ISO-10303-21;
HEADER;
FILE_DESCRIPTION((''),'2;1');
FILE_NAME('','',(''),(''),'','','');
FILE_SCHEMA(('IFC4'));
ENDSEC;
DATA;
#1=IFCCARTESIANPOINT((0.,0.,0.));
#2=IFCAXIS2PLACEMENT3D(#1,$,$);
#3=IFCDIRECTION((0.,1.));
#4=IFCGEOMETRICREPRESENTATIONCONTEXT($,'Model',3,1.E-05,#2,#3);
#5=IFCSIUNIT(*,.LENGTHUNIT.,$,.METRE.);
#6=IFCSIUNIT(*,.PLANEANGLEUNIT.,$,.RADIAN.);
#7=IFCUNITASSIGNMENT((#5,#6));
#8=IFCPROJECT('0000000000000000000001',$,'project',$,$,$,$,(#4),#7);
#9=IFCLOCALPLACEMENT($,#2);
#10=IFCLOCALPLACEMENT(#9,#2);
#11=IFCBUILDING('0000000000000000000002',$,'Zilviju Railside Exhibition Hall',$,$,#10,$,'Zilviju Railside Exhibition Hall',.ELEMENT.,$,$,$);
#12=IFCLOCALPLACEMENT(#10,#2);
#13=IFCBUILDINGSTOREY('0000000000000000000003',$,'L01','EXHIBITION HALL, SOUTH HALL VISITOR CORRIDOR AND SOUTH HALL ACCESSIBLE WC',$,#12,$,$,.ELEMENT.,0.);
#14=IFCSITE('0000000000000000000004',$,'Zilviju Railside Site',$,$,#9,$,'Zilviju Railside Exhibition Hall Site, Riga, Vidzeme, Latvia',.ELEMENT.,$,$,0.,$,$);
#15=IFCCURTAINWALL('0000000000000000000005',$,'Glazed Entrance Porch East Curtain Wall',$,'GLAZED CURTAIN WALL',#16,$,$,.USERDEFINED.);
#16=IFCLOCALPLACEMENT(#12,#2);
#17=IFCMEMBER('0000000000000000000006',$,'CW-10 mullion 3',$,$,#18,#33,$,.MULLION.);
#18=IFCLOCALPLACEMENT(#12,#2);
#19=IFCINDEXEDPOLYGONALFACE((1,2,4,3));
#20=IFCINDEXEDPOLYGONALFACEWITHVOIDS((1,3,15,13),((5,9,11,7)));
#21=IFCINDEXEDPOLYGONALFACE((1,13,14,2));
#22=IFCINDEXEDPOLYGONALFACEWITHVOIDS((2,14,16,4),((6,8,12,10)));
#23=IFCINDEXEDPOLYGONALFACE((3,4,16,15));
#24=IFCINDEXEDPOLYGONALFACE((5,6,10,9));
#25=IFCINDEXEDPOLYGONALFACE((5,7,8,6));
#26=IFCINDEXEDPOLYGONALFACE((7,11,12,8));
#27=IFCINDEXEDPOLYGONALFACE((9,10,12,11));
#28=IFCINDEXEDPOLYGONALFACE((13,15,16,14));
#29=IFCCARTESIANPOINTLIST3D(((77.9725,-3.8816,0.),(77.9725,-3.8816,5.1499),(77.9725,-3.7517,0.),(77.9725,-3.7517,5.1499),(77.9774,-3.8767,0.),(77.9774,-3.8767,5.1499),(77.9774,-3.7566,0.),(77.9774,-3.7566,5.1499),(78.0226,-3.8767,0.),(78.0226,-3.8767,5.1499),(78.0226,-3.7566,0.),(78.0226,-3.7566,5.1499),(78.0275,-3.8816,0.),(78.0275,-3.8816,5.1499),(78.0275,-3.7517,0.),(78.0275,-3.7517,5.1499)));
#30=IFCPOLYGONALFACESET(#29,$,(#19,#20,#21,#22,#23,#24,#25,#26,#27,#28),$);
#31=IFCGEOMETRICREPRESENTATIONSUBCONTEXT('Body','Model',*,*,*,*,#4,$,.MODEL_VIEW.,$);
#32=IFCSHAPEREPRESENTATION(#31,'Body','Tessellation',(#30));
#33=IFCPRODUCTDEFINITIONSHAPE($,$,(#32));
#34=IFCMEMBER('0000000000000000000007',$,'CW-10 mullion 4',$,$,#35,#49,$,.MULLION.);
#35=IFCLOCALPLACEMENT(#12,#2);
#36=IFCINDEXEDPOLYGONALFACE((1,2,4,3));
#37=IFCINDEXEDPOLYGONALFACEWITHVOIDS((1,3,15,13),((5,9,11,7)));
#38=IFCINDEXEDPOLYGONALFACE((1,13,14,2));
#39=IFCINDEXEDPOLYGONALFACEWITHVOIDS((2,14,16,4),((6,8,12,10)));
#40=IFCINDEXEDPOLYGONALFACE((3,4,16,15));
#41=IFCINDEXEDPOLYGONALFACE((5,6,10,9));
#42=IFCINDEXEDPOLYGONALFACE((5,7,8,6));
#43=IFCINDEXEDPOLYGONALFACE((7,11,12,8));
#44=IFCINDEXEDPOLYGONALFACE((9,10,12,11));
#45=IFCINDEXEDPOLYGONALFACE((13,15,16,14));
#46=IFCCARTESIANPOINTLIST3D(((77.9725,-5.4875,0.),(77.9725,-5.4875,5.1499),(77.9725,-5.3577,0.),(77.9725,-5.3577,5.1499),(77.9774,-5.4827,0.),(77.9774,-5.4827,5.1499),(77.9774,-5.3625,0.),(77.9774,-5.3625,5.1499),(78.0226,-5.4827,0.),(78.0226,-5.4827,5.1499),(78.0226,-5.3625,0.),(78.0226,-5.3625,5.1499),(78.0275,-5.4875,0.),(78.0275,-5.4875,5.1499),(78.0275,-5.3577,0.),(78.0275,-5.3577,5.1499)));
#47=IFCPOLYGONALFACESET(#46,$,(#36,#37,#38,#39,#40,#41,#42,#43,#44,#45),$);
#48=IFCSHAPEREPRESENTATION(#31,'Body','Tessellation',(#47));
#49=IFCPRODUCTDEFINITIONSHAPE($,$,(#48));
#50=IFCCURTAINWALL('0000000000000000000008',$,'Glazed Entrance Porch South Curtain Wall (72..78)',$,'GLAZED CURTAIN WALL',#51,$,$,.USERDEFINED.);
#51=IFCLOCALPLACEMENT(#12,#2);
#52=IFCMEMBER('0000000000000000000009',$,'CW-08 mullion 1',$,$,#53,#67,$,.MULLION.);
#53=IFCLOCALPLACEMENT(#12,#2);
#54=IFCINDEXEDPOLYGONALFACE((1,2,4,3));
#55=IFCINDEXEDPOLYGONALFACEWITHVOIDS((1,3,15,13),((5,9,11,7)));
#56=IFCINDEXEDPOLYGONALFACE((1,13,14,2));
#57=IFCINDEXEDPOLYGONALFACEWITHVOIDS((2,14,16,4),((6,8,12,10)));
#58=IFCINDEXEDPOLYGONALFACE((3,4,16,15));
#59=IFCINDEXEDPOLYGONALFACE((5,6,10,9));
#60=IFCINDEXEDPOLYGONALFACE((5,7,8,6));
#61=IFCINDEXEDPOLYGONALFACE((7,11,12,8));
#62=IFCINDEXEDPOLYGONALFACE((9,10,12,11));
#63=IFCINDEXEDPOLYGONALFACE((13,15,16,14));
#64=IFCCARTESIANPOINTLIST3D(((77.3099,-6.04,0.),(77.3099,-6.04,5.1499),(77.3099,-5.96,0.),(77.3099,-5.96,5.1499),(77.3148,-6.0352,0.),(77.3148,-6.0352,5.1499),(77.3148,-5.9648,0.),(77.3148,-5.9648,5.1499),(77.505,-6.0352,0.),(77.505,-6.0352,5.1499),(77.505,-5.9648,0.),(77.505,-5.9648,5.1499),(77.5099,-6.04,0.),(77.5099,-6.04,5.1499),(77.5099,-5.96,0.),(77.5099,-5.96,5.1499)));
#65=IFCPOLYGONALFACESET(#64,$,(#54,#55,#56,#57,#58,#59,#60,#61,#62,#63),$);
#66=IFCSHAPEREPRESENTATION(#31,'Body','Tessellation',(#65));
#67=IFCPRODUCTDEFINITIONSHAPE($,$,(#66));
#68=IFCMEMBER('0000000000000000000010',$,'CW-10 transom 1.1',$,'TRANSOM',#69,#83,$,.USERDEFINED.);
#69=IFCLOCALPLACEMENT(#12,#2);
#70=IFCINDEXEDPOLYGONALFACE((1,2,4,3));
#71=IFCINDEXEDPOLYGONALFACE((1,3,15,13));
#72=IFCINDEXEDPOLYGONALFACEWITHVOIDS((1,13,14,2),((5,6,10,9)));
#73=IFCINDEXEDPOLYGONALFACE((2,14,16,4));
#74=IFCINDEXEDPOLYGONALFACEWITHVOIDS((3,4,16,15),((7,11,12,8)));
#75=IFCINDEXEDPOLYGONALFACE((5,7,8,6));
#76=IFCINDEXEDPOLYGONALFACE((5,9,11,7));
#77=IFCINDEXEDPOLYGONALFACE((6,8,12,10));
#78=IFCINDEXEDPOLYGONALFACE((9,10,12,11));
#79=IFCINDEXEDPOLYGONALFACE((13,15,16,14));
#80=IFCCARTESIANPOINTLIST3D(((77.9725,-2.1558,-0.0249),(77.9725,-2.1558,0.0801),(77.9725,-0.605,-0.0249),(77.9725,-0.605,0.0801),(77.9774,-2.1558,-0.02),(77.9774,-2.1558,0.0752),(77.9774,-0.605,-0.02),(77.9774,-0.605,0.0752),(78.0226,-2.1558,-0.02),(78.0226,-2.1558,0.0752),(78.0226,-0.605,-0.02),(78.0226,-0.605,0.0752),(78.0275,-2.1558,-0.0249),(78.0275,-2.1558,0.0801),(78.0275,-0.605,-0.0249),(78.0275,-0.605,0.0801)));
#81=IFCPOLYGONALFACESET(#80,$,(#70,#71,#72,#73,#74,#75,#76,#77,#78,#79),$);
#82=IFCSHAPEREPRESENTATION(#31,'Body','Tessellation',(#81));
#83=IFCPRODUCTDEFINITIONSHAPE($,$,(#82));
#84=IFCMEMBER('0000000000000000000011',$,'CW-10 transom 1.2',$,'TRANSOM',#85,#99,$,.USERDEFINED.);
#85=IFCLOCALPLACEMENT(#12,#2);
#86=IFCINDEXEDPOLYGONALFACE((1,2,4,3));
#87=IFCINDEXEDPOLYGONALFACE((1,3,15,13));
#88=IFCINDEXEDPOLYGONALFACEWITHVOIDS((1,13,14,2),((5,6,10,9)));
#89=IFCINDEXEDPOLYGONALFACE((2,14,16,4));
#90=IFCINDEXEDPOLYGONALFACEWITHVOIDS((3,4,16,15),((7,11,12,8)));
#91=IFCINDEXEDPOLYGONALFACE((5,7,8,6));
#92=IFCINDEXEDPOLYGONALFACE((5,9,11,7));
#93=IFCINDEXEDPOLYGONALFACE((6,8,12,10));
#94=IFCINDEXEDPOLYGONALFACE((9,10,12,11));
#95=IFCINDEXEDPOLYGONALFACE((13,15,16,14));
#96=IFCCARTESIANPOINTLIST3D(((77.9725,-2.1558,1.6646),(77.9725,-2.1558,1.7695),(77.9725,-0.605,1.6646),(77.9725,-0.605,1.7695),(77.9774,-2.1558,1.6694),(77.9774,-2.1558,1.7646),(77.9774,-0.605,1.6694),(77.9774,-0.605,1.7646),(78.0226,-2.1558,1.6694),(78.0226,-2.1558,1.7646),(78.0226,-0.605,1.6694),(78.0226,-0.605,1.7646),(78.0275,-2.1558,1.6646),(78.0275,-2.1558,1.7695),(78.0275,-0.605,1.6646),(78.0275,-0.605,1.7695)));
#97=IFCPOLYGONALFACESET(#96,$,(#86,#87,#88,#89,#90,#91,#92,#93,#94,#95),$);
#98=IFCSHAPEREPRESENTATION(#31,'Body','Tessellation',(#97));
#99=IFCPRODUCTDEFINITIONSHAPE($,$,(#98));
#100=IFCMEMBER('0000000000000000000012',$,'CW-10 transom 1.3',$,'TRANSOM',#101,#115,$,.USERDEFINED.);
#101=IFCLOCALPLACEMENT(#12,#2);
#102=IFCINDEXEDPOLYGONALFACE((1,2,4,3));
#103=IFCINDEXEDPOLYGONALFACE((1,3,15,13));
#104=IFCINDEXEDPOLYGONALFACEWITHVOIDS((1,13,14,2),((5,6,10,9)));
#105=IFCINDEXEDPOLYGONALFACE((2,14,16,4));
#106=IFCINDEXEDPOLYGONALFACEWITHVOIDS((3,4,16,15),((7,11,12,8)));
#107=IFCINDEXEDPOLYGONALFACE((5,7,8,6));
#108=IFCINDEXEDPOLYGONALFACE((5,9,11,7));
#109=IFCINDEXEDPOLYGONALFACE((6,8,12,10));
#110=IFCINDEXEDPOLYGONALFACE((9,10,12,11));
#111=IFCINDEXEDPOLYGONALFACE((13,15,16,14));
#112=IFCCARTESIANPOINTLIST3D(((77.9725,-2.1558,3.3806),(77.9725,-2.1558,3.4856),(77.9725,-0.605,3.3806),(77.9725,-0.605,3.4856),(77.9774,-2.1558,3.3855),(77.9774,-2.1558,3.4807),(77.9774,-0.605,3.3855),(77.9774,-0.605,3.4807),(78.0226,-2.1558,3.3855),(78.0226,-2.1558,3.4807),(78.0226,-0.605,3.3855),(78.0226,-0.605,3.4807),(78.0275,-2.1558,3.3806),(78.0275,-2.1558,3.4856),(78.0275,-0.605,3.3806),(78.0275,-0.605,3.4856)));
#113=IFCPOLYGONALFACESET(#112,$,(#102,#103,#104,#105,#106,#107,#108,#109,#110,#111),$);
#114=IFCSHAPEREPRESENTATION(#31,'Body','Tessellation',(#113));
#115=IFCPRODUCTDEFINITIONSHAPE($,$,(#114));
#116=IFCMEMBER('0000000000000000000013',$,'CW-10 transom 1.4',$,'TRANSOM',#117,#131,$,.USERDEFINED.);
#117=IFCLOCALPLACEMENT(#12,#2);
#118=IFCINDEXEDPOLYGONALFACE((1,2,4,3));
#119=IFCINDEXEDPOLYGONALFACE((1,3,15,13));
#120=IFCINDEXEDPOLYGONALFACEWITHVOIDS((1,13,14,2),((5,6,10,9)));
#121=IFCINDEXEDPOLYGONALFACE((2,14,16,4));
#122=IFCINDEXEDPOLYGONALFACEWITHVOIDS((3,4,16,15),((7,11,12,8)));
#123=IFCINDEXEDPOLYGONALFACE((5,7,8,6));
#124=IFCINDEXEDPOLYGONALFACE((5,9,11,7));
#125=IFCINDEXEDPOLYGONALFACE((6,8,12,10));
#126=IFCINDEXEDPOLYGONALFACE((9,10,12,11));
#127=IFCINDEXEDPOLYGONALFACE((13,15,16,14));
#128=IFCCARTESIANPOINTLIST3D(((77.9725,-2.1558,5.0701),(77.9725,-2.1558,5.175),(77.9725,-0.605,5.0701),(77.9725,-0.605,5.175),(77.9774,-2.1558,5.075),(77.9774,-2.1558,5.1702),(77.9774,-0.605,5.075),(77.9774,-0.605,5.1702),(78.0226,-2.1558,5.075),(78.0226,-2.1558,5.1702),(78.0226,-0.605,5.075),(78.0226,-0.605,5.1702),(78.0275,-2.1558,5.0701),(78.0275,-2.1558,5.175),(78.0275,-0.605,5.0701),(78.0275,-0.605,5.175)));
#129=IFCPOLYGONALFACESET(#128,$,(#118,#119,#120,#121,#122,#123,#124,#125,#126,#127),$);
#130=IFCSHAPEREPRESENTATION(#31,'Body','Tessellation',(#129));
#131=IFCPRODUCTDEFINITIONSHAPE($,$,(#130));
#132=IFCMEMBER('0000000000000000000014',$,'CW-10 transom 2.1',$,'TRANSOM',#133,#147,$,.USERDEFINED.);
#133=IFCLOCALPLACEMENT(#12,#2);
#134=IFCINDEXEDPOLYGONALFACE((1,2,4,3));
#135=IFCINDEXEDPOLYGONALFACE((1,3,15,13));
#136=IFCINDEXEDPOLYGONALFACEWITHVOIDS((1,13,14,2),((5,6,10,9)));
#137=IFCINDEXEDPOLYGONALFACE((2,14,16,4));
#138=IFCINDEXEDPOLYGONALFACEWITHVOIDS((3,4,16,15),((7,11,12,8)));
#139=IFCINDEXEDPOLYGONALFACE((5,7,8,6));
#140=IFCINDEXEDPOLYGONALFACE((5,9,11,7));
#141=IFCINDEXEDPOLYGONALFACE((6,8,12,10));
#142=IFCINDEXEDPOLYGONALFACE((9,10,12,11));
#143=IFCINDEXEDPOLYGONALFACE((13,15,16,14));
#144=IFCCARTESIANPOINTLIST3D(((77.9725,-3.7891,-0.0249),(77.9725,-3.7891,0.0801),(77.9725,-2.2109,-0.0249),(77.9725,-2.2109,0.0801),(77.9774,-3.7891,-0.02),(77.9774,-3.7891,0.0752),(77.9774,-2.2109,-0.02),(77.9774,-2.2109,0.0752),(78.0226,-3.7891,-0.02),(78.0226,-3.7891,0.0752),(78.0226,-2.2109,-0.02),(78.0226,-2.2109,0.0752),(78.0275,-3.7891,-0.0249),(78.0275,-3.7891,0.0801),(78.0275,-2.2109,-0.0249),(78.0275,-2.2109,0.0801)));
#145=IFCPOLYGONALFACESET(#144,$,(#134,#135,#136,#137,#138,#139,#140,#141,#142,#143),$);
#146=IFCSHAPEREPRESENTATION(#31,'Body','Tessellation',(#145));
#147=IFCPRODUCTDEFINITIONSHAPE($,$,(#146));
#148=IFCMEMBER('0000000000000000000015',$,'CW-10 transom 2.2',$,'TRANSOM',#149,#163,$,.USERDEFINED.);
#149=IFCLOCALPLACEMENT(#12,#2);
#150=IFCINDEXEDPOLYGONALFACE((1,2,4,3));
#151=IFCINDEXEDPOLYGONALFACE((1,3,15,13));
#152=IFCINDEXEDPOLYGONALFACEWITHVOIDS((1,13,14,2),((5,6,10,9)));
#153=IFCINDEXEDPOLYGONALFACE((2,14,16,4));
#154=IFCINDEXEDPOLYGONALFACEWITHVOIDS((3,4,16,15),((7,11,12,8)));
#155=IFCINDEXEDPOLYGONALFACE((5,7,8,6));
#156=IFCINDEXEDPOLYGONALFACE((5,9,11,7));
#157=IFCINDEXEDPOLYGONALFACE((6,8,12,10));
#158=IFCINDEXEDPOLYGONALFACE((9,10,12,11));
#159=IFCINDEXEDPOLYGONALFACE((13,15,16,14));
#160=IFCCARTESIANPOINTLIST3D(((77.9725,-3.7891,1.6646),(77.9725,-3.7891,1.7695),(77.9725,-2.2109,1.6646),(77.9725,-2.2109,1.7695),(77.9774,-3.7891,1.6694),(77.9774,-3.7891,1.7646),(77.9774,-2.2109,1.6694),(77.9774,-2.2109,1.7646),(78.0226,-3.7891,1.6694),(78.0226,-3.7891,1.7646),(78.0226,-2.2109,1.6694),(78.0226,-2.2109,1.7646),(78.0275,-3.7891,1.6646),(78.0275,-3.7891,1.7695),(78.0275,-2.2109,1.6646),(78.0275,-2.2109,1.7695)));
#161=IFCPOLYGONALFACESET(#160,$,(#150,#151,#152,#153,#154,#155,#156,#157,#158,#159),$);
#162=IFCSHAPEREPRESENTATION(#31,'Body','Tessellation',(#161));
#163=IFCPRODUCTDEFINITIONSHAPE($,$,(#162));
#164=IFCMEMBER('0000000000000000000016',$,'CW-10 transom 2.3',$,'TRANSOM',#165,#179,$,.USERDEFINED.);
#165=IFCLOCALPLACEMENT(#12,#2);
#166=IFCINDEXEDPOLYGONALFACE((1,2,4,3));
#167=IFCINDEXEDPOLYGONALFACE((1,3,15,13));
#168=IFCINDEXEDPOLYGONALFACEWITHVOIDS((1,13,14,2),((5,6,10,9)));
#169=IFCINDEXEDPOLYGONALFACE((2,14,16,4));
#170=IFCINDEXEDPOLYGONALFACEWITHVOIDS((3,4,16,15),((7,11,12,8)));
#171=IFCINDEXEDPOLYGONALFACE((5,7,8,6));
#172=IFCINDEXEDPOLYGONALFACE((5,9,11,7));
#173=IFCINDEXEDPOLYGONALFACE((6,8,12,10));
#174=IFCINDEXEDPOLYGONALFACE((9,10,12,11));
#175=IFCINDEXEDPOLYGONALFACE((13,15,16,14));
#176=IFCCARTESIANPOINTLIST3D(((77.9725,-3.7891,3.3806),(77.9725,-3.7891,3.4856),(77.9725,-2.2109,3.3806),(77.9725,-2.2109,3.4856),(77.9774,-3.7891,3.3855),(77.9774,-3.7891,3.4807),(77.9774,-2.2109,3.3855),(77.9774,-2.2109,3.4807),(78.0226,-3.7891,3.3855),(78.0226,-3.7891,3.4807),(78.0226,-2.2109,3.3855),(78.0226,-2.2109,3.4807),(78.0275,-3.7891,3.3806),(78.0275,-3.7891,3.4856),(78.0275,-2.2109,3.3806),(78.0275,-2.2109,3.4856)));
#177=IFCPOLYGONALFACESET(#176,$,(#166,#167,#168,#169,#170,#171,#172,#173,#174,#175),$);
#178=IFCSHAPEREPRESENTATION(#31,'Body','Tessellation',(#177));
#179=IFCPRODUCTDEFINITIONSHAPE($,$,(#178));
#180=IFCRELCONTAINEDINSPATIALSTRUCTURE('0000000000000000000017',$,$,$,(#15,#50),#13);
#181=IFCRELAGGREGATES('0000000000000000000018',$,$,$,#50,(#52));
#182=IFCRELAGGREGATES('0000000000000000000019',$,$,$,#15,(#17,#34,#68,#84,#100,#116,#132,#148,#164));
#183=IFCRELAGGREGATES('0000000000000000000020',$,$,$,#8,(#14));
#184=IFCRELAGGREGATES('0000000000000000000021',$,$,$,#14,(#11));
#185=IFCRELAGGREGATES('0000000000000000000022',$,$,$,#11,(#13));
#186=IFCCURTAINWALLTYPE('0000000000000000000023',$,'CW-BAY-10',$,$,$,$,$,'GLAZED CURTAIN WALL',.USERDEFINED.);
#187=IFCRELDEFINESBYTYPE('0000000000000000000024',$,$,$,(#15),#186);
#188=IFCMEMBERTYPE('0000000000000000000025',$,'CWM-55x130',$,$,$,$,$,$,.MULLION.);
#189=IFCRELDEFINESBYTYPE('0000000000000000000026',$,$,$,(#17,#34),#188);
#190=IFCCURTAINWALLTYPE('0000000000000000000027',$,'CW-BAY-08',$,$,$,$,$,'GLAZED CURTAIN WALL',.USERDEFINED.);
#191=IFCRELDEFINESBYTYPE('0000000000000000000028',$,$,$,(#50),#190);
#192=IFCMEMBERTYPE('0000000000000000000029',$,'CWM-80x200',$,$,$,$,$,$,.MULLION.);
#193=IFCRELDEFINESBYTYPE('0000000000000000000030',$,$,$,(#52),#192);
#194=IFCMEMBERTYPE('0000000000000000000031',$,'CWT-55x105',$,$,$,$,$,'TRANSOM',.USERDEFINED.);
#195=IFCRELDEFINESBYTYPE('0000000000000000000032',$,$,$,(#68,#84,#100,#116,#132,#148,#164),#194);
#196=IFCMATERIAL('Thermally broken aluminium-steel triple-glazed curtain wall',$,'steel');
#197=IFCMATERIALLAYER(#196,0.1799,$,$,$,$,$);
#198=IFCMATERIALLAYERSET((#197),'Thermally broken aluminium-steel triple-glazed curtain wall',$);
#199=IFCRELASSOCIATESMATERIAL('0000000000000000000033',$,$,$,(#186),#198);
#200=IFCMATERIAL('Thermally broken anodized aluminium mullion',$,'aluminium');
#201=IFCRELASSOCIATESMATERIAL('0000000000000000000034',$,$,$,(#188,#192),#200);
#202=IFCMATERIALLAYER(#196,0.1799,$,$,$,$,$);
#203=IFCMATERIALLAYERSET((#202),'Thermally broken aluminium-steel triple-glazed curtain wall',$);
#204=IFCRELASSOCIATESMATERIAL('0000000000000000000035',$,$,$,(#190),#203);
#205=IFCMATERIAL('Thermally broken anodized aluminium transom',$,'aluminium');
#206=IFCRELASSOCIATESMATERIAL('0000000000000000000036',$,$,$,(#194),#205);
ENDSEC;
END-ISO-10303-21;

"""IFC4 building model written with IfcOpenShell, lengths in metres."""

from ifc_helpers import new_model, si_unit, direction, frame, origin, origin_2d, place, context, subcontext, project, spatial, hollow_rectangle, extrude, material, layer, layer_set, material_profile, profile_set, type_object, element, aggregate, save


model = new_model("IFC4")

# Units and contexts
model_context = context("Model", 3, precision=1e-05, world=origin(), true_north=direction((0.0, 1.0)))
body_context = subcontext(model_context, "Body", "Model", "MODEL_VIEW")
ifc_project = project(units=[si_unit("LENGTHUNIT", "METRE"), si_unit("PLANEANGLEUNIT", "RADIAN")], contexts=[model_context])

# Site, building, storey
site_placement = place(None, origin())
site = spatial("IfcSite", under=ifc_project, at=site_placement, Name="Zilviju Railside Site", LongName="Zilviju Railside Exhibition Hall Site, Riga, Vidzeme, Latvia", CompositionType="ELEMENT", RefElevation=0.0)
building_placement = place(site_placement, origin())
building = spatial("IfcBuilding", under=site, at=building_placement, Name="Zilviju Railside Exhibition Hall", LongName="Zilviju Railside Exhibition Hall", CompositionType="ELEMENT")
storey_placement = place(building_placement, origin())
storey = spatial("IfcBuildingStorey", under=building, at=storey_placement, Name="L01", Description="EXHIBITION HALL, SOUTH HALL VISITOR CORRIDOR AND SOUTH HALL ACCESSIBLE WC", CompositionType="ELEMENT", Elevation=0.0)

# Curtain wall, members
ifc_material_1 = material(Name="Thermally broken aluminium-steel triple-glazed curtain wall", Category="steel")
ifc_layer_1 = layer(ifc_material_1, 0.1799)
ifc_layer_set_1 = layer_set([ifc_layer_1], Name="Thermally broken aluminium-steel triple-glazed curtain wall")
curtain_wall_type_1 = type_object("IfcCurtainWallType", Name="CW-BAY-10", ElementType="GLAZED CURTAIN WALL", PredefinedType="USERDEFINED", material=ifc_layer_set_1)
curtain_wall_1_placement = place(storey_placement, origin())
curtain_wall_1 = element("IfcCurtainWall", 1, at=curtain_wall_1_placement, inside=storey, type_object=curtain_wall_type_1, Name="Glazed Entrance Porch East Curtain Wall", ObjectType="GLAZED CURTAIN WALL", PredefinedType="USERDEFINED")
ifc_material_2 = material(Name="Thermally broken anodized aluminium mullion", Category="aluminium")
ifc_material_profile_1 = material_profile(ifc_material_2, hollow_rectangle(XDim=0.0549, YDim=0.1299, WallThickness=0.0049, at=origin_2d()), Name="MULLION 130x55x5")
ifc_profile_set_1 = profile_set([ifc_material_profile_1], Name="Thermally broken anodized aluminium mullion")
member_type_1 = type_object("IfcMemberType", Name="CWM-55x130", PredefinedType="MULLION", material=ifc_profile_set_1)
member_1_placement = place(storey_placement, frame((78.0, -3.8167, 0.0), z_axis=(0.0, 0.0, 1.0), x_axis=(1.0, 0.0, 0.0)))
member_1 = element("IfcMember", 2, at=member_1_placement, type_object=member_type_1, Name="CW-10 mullion 3", PredefinedType="MULLION", context=body_context, shape_type="SweptSolid", body=[
    extrude(hollow_rectangle(XDim=0.0549, YDim=0.1299, WallThickness=0.0049, at=origin_2d()), origin(), (0.0, 0.0, 1.0), 5.1499),
])
member_2_placement = place(storey_placement, frame((78.0, -5.4226, 0.0), z_axis=(0.0, 0.0, 1.0), x_axis=(1.0, 0.0, 0.0)))
member_2 = element("IfcMember", 3, at=member_2_placement, type_object=member_type_1, Name="CW-10 mullion 4", PredefinedType="MULLION", context=body_context, shape_type="SweptSolid", body=[
    extrude(hollow_rectangle(XDim=0.0549, YDim=0.1299, WallThickness=0.0049, at=origin_2d()), origin(), (0.0, 0.0, 1.0), 5.1499),
])

# Curtain wall, member
ifc_layer_2 = layer(ifc_material_1, 0.1799)
ifc_layer_set_2 = layer_set([ifc_layer_2], Name="Thermally broken aluminium-steel triple-glazed curtain wall")
curtain_wall_type_2 = type_object("IfcCurtainWallType", Name="CW-BAY-08", ElementType="GLAZED CURTAIN WALL", PredefinedType="USERDEFINED", material=ifc_layer_set_2)
curtain_wall_2_placement = place(storey_placement, origin())
curtain_wall_2 = element("IfcCurtainWall", 4, at=curtain_wall_2_placement, inside=storey, type_object=curtain_wall_type_2, Name="Glazed Entrance Porch South Curtain Wall (72..78)", ObjectType="GLAZED CURTAIN WALL", PredefinedType="USERDEFINED")
ifc_material_profile_2 = material_profile(ifc_material_2, hollow_rectangle(XDim=0.0801, YDim=0.2, WallThickness=0.0049, at=origin_2d()), Name="MULLION 200x80x5")
ifc_profile_set_2 = profile_set([ifc_material_profile_2], Name="Thermally broken anodized aluminium mullion")
member_type_2 = type_object("IfcMemberType", Name="CWM-80x200", PredefinedType="MULLION", material=ifc_profile_set_2)
member_3_placement = place(storey_placement, frame((77.4099, -6.0, 0.0), z_axis=(0.0, 0.0, 1.0), x_axis=(0.0, -1.0, 0.0)))
member_3 = element("IfcMember", 5, at=member_3_placement, type_object=member_type_2, Name="CW-08 mullion 1", PredefinedType="MULLION", context=body_context, shape_type="SweptSolid", body=[
    extrude(hollow_rectangle(XDim=0.0801, YDim=0.2, WallThickness=0.0049, at=origin_2d()), origin(), (0.0, 0.0, 1.0), 5.1499),
])

# Members
ifc_material_3 = material(Name="Thermally broken anodized aluminium transom", Category="aluminium")
ifc_material_profile_3 = material_profile(ifc_material_3, hollow_rectangle(XDim=0.0549, YDim=0.105, WallThickness=0.0049, at=origin_2d()), Name="TRANSOM 105x55x5")
ifc_profile_set_3 = profile_set([ifc_material_profile_3], Name="Thermally broken anodized aluminium transom")
member_type_3 = type_object("IfcMemberType", Name="CWT-55x105", ElementType="TRANSOM", PredefinedType="USERDEFINED", material=ifc_profile_set_3)
member_4_placement = place(storey_placement, frame((78.0, -0.605, 0.0276), z_axis=(0.0, -1.0, 0.0), x_axis=(1.0, 0.0, 0.0)))
member_4 = element("IfcMember", 6, at=member_4_placement, type_object=member_type_3, Name="CW-10 transom 1.1", ObjectType="TRANSOM", PredefinedType="USERDEFINED", context=body_context, shape_type="SweptSolid", body=[
    extrude(hollow_rectangle(XDim=0.0549, YDim=0.105, WallThickness=0.0049, at=origin_2d()), origin(), (0.0, 0.0, 1.0), 1.5508),
])
member_5_placement = place(storey_placement, frame((78.0, -0.605, 1.717), z_axis=(0.0, -1.0, 0.0), x_axis=(1.0, 0.0, 0.0)))
member_5 = element("IfcMember", 7, at=member_5_placement, type_object=member_type_3, Name="CW-10 transom 1.2", ObjectType="TRANSOM", PredefinedType="USERDEFINED", context=body_context, shape_type="SweptSolid", body=[
    extrude(hollow_rectangle(XDim=0.0549, YDim=0.105, WallThickness=0.0049, at=origin_2d()), origin(), (0.0, 0.0, 1.0), 1.5508),
])
member_6_placement = place(storey_placement, frame((78.0, -0.605, 3.4331), z_axis=(0.0, -1.0, 0.0), x_axis=(1.0, 0.0, 0.0)))
member_6 = element("IfcMember", 8, at=member_6_placement, type_object=member_type_3, Name="CW-10 transom 1.3", ObjectType="TRANSOM", PredefinedType="USERDEFINED", context=body_context, shape_type="SweptSolid", body=[
    extrude(hollow_rectangle(XDim=0.0549, YDim=0.105, WallThickness=0.0049, at=origin_2d()), origin(), (0.0, 0.0, 1.0), 1.5508),
])
member_7_placement = place(storey_placement, frame((78.0, -0.605, 5.1226), z_axis=(0.0, -1.0, 0.0), x_axis=(1.0, 0.0, 0.0)))
member_7 = element("IfcMember", 9, at=member_7_placement, type_object=member_type_3, Name="CW-10 transom 1.4", ObjectType="TRANSOM", PredefinedType="USERDEFINED", context=body_context, shape_type="SweptSolid", body=[
    extrude(hollow_rectangle(XDim=0.0549, YDim=0.105, WallThickness=0.0049, at=origin_2d()), origin(), (0.0, 0.0, 1.0), 1.5508),
])
member_8_placement = place(storey_placement, frame((78.0, -2.2109, 0.0276), z_axis=(0.0, -1.0, 0.0), x_axis=(1.0, 0.0, 0.0)))
member_8 = element("IfcMember", 10, at=member_8_placement, type_object=member_type_3, Name="CW-10 transom 2.1", ObjectType="TRANSOM", PredefinedType="USERDEFINED", context=body_context, shape_type="SweptSolid", body=[
    extrude(hollow_rectangle(XDim=0.0549, YDim=0.105, WallThickness=0.0049, at=origin_2d()), origin(), (0.0, 0.0, 1.0), 1.5781),
])
member_9_placement = place(storey_placement, frame((78.0, -2.2109, 1.717), z_axis=(0.0, -1.0, 0.0), x_axis=(1.0, 0.0, 0.0)))
member_9 = element("IfcMember", 11, at=member_9_placement, type_object=member_type_3, Name="CW-10 transom 2.2", ObjectType="TRANSOM", PredefinedType="USERDEFINED", context=body_context, shape_type="SweptSolid", body=[
    extrude(hollow_rectangle(XDim=0.0549, YDim=0.105, WallThickness=0.0049, at=origin_2d()), origin(), (0.0, 0.0, 1.0), 1.5781),
])
member_10_placement = place(storey_placement, frame((78.0, -2.2109, 3.4331), z_axis=(0.0, -1.0, 0.0), x_axis=(1.0, 0.0, 0.0)))
member_10 = element("IfcMember", 12, at=member_10_placement, type_object=member_type_3, Name="CW-10 transom 2.3", ObjectType="TRANSOM", PredefinedType="USERDEFINED", context=body_context, shape_type="SweptSolid", body=[
    extrude(hollow_rectangle(XDim=0.0549, YDim=0.105, WallThickness=0.0049, at=origin_2d()), origin(), (0.0, 0.0, 1.0), 1.5781),
])
aggregate(curtain_wall_2, [member_3])

aggregate(curtain_wall_1, [member_1, member_2, member_4, member_5, member_6, member_7, member_8, member_9, member_10])

save(model, "model.ifc")
